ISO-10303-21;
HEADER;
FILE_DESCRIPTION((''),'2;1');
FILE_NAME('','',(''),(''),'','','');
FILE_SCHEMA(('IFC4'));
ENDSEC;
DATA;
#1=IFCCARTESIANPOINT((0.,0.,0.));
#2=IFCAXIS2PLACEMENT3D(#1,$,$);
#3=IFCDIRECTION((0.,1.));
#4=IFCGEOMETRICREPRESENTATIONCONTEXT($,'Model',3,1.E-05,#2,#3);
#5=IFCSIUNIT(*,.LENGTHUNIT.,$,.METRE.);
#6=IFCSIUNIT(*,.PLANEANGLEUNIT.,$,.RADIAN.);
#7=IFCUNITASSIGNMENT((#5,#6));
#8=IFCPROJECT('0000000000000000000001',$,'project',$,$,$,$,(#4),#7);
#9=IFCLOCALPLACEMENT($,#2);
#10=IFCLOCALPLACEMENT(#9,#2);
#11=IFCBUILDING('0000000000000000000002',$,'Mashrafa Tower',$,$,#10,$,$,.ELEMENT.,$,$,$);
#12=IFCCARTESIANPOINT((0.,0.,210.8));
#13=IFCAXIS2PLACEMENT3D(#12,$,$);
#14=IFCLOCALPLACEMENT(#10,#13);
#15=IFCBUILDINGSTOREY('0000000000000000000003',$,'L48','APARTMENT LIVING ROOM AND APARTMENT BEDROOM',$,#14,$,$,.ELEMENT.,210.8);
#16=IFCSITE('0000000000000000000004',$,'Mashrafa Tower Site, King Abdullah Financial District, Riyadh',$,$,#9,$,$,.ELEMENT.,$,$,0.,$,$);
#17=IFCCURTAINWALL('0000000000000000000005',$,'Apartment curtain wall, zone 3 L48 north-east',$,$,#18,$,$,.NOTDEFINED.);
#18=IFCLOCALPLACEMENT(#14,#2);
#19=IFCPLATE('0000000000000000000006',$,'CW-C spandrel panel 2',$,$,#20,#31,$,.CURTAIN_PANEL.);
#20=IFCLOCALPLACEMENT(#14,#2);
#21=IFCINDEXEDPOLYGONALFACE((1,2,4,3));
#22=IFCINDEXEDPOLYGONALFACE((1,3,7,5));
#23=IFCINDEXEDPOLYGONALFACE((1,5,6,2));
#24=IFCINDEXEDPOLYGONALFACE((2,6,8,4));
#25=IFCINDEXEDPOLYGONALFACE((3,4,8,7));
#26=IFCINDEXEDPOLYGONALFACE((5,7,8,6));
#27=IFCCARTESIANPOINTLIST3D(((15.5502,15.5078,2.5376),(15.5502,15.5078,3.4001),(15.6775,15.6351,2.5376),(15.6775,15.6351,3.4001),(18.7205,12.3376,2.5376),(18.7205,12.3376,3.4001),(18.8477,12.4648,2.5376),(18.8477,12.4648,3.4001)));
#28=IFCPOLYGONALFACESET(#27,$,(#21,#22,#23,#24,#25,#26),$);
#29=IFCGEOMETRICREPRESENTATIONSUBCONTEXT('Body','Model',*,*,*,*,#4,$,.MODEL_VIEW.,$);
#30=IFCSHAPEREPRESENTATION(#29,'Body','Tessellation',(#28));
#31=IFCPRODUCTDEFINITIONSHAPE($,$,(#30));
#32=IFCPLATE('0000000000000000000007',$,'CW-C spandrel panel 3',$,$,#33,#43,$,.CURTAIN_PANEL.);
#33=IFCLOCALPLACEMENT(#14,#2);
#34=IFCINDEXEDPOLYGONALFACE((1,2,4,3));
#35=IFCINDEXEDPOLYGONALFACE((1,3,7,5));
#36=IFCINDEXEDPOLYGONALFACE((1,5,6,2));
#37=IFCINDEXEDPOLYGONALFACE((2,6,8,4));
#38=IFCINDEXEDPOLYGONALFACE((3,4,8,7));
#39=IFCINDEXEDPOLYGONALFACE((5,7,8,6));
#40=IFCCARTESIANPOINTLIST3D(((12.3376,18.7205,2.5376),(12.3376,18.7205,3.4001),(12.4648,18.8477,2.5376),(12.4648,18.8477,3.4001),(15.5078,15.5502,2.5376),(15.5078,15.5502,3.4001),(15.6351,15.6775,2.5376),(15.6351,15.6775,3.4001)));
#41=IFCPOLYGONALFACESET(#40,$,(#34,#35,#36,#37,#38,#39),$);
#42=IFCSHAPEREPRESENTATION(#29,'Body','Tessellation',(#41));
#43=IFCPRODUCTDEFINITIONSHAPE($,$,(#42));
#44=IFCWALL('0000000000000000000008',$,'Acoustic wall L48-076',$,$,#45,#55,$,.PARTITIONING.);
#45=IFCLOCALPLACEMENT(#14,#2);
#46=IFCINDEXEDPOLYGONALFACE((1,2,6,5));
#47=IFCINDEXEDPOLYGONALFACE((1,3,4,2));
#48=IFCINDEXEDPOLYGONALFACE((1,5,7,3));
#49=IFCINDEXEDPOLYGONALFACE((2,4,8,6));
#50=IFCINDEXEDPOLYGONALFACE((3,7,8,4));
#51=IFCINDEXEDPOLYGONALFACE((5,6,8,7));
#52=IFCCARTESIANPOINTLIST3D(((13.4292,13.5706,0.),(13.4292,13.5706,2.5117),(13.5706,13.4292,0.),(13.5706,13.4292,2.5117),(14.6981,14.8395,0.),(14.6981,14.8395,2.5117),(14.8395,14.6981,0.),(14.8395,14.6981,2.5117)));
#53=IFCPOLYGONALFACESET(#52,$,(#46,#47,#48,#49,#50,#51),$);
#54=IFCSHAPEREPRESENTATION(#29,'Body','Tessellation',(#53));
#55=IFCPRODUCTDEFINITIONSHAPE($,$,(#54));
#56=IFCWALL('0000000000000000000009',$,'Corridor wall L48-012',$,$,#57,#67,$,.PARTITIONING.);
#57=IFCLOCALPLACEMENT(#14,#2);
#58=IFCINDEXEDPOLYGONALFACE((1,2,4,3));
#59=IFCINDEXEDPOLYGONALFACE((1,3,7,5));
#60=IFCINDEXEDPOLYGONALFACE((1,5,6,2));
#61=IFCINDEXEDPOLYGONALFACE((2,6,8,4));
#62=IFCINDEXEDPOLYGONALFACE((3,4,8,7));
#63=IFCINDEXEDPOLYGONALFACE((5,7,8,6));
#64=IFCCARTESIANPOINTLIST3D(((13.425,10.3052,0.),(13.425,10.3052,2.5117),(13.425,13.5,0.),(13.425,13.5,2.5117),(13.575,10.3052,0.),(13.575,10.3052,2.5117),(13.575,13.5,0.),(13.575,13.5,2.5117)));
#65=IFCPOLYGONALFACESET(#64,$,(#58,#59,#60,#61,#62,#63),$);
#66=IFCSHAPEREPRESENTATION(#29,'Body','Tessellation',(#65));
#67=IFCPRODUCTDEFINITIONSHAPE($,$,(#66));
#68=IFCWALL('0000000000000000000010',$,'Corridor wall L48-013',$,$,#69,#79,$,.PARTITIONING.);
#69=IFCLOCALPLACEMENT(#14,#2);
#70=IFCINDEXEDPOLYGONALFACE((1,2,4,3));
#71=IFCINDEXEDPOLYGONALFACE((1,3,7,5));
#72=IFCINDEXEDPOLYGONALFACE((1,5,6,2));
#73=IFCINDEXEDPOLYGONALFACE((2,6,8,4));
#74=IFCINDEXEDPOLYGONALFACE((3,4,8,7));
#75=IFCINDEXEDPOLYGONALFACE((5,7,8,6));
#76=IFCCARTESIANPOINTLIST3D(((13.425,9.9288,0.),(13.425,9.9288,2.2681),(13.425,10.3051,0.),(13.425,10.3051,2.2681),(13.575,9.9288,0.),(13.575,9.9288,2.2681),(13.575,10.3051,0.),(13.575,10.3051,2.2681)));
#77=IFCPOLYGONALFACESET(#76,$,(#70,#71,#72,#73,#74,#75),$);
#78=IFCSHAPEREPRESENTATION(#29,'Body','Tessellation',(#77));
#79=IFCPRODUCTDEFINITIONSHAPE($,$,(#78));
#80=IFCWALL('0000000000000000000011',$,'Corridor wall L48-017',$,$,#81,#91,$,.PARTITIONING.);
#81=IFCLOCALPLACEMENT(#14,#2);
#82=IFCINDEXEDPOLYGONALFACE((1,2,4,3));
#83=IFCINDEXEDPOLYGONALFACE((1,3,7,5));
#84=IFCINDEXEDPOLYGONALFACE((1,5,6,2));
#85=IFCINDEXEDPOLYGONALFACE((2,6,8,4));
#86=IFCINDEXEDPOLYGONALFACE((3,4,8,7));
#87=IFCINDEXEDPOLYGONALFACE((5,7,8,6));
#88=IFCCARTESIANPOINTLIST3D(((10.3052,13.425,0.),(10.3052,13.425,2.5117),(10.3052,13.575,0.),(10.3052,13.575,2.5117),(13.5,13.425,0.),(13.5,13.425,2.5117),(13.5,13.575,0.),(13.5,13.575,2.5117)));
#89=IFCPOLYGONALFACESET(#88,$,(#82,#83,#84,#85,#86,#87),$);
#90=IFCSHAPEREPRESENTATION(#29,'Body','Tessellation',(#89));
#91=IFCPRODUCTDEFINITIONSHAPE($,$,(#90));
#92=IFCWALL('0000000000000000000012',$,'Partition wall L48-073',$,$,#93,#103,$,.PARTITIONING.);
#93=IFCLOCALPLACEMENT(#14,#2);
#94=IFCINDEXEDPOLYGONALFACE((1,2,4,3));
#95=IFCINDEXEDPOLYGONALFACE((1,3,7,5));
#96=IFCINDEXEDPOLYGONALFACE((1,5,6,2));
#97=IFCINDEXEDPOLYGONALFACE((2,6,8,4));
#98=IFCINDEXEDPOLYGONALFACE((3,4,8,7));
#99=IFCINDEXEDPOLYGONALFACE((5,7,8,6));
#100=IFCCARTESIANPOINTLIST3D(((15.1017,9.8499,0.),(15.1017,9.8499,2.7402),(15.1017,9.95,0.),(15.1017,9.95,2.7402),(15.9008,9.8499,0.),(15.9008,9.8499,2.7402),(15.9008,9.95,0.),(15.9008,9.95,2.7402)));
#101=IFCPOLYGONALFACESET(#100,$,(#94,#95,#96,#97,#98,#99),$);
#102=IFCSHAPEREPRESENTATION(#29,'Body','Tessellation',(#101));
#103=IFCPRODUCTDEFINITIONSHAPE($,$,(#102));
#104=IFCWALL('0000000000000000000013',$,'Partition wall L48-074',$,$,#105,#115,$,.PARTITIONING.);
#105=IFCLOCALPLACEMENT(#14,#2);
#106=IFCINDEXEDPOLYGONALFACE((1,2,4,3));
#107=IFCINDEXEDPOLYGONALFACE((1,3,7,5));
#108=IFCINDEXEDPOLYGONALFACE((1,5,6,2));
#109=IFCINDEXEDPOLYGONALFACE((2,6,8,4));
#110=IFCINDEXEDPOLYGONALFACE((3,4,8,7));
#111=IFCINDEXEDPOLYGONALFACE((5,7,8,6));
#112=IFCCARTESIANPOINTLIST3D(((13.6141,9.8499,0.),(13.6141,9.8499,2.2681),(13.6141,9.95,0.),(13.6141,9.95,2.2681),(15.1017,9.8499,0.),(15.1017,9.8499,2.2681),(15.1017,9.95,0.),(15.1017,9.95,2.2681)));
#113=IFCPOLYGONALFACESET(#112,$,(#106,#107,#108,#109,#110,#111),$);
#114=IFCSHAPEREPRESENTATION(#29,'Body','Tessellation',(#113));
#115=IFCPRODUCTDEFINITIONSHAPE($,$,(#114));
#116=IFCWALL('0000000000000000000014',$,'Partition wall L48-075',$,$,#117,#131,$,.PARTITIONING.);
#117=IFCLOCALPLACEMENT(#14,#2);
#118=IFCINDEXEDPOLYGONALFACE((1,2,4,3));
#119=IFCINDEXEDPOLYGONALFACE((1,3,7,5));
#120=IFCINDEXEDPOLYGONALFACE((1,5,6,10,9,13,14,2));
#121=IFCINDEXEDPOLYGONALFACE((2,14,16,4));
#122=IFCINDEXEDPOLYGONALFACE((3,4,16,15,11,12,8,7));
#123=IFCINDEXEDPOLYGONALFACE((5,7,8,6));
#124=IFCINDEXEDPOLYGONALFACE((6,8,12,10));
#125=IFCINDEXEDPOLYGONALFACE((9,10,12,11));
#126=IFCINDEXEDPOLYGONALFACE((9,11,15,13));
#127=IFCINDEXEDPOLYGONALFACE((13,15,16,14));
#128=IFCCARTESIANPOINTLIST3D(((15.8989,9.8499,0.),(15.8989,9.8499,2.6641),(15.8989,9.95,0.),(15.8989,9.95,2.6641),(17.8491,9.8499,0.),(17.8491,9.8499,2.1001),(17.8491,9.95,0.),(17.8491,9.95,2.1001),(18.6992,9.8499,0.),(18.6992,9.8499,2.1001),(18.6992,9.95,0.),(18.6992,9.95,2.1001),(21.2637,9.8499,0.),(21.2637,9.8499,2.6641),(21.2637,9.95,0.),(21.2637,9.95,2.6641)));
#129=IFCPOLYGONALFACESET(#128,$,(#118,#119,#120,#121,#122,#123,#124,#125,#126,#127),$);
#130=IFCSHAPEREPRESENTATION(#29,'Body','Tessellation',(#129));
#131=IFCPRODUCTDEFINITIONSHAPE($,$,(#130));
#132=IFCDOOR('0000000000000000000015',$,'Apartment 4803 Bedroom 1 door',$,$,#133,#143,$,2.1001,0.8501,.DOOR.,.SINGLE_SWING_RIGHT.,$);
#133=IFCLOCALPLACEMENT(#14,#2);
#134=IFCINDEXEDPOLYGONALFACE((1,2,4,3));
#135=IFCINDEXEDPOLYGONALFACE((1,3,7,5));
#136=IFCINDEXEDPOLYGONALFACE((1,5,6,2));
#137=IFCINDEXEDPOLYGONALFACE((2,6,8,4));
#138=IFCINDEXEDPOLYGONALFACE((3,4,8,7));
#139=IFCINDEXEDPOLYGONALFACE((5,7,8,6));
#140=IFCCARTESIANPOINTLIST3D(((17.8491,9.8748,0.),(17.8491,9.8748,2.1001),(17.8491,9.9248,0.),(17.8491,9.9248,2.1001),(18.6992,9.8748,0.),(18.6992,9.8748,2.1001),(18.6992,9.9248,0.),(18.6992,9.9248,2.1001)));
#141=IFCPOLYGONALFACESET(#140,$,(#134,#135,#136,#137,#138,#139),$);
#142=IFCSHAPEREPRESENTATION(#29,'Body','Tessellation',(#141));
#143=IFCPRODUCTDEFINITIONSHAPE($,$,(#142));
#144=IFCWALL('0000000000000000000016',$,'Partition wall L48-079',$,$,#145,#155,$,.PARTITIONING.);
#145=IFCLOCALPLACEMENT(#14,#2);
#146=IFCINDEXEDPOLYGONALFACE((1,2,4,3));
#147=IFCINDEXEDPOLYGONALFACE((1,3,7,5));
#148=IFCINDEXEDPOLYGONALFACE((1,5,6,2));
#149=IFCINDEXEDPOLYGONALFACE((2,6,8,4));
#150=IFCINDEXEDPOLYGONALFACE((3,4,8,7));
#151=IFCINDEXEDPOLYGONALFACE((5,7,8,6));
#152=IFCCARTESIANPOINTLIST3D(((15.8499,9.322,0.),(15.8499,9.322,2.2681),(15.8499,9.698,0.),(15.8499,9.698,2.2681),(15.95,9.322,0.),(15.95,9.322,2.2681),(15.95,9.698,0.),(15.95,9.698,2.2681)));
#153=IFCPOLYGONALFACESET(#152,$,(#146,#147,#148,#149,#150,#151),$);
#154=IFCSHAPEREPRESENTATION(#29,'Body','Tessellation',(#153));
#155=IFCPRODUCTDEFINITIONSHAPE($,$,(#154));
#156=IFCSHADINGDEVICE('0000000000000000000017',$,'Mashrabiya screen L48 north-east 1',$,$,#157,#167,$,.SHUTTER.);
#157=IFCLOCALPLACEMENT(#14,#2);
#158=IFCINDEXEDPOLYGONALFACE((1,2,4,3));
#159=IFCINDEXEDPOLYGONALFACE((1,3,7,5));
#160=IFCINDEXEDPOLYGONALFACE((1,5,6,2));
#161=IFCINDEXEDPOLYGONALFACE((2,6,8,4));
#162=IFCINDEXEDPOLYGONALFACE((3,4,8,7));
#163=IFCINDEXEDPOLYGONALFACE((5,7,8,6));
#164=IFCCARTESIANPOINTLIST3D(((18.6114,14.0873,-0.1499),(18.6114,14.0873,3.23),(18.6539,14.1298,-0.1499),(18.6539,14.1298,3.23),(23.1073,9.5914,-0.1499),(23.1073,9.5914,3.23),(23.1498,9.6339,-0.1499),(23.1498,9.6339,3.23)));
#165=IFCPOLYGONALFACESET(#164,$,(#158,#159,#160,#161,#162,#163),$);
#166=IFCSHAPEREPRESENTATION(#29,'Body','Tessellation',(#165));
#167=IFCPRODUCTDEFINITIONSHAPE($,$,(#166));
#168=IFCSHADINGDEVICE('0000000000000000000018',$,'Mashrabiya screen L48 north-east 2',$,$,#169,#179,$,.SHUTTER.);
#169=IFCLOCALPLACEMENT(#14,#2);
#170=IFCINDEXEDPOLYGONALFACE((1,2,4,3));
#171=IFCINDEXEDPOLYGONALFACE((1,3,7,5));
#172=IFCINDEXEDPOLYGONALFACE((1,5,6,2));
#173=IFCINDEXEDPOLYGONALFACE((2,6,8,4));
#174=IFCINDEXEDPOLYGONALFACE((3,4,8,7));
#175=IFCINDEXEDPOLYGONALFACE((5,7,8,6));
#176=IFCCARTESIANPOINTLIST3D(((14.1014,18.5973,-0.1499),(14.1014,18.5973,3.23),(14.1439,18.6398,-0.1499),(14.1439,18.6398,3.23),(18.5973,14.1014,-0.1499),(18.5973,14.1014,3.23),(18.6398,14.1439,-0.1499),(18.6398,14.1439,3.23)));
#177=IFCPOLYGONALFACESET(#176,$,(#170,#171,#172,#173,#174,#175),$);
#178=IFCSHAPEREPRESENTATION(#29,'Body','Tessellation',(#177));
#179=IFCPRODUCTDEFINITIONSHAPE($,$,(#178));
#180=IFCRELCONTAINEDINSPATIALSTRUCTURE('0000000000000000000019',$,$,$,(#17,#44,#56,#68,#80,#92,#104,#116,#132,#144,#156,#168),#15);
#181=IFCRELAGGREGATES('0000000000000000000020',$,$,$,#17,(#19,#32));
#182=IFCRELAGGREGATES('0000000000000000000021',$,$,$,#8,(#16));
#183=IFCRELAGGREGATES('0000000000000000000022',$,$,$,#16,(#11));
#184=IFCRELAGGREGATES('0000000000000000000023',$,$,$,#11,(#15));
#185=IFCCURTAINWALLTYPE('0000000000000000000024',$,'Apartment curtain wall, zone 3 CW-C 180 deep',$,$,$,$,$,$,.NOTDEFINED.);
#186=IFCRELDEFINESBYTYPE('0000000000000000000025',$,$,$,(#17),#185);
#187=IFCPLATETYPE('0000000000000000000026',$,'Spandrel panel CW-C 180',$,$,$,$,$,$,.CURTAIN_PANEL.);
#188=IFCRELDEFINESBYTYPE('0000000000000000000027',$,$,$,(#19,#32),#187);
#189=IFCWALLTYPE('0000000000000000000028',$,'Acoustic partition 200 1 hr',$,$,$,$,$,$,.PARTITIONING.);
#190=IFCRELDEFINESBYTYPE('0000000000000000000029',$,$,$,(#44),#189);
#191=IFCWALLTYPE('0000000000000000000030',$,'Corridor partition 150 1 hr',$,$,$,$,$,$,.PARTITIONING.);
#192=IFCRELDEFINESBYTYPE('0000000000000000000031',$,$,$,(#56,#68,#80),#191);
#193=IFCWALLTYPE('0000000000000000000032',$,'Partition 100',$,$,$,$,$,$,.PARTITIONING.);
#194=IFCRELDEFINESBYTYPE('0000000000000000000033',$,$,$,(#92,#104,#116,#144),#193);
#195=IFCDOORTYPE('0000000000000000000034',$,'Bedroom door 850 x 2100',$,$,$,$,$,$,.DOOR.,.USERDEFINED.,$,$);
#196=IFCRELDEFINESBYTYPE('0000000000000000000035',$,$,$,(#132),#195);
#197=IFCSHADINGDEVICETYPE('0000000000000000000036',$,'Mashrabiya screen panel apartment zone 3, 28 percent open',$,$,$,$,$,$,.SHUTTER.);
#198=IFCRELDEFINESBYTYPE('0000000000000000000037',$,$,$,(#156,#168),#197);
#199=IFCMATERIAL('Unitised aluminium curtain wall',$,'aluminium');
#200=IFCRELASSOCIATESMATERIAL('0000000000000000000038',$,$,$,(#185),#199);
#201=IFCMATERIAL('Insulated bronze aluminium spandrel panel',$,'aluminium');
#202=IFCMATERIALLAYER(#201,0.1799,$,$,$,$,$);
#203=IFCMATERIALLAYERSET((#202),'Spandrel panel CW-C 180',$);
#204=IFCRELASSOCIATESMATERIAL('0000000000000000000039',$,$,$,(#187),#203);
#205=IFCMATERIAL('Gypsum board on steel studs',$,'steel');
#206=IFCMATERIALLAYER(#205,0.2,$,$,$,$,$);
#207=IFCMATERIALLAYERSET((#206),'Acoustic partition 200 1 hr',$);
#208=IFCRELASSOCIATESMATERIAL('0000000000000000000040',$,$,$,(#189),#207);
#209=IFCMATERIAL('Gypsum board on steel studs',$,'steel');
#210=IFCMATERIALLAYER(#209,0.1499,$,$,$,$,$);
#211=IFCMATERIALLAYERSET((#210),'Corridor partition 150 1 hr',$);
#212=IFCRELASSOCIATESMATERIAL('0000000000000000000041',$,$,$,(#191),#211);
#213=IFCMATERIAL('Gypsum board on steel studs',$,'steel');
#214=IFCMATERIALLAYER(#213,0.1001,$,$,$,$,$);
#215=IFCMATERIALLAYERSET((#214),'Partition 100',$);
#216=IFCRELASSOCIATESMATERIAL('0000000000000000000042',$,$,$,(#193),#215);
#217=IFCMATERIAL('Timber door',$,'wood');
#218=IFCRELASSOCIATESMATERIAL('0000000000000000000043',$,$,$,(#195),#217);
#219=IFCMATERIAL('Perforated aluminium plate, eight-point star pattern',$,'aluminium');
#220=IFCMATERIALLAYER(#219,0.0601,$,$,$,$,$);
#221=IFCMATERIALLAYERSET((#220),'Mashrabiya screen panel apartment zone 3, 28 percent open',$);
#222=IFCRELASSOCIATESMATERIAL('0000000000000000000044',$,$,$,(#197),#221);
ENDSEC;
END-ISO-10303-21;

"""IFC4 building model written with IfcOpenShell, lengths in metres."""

from ifc_helpers import new_model, si_unit, direction, frame, frame_2d, origin, origin_2d, place, context, subcontext, project, spatial, rectangle, extrude, source, transform, mapped, material, layer, layer_set, type_object, type_shapes, element, fill, aggregate, save


model = new_model("IFC4")

# Units and contexts
model_context = context("Model", 3, precision=1e-05, world=origin(), true_north=direction((0.0, 1.0)))
body_context = subcontext(model_context, "Body", "Model", "MODEL_VIEW")
ifc_project = project(units=[si_unit("LENGTHUNIT", "METRE"), si_unit("PLANEANGLEUNIT", "RADIAN")], contexts=[model_context])

# Site, building, storey
site_placement = place(None, origin())
site = spatial("IfcSite", under=ifc_project, at=site_placement, Name="Mashrafa Tower Site, King Abdullah Financial District, Riyadh", CompositionType="ELEMENT", RefElevation=0.0)
building_placement = place(site_placement, origin())
building = spatial("IfcBuilding", under=site, at=building_placement, Name="Mashrafa Tower", CompositionType="ELEMENT")
storey_placement = place(building_placement, frame((0.0, 0.0, 210.8)))
storey = spatial("IfcBuildingStorey", under=building, at=storey_placement, Name="L48", Description="APARTMENT LIVING ROOM AND APARTMENT BEDROOM", CompositionType="ELEMENT", Elevation=210.8)

# Curtain wall, plates
ifc_material_1 = material(Name="Unitised aluminium curtain wall", Category="aluminium")
curtain_wall_type = type_object("IfcCurtainWallType", Name="Apartment curtain wall, zone 3 CW-C 180 deep", PredefinedType="NOTDEFINED", material=ifc_material_1)
curtain_wall_placement = place(storey_placement, origin())
curtain_wall = element("IfcCurtainWall", 1, at=curtain_wall_placement, inside=storey, type_object=curtain_wall_type, Name="Apartment curtain wall, zone 3 L48 north-east", PredefinedType="NOTDEFINED")
ifc_material_2 = material(Name="Insulated bronze aluminium spandrel panel", Category="aluminium")
ifc_layer_1 = layer(ifc_material_2, 0.1799)
ifc_layer_set_1 = layer_set([ifc_layer_1], Name="Spandrel panel CW-C 180")
plate_type_1 = type_object("IfcPlateType", Name="Spandrel panel CW-C 180", PredefinedType="CURTAIN_PANEL", material=ifc_layer_set_1)
shared_shape_1 = source(origin(), body_context, "Body", "SweptSolid", [
    extrude(rectangle(XDim=4.4834, YDim=0.1799, at=origin_2d()), origin(), (0.0, 0.0, 1.0), 0.8625),
])
plate_1_placement = place(storey_placement, frame((17.199, 13.9863, 2.5376), z_axis=(0.0, 0.0, 1.0), x_axis=(-0.707107, 0.707107, 0.0)))
plate_1 = element("IfcPlate", 2, at=plate_1_placement, type_object=plate_type_1, Name="CW-C spandrel panel 2", PredefinedType="CURTAIN_PANEL", context=body_context, shape_type="MappedRepresentation", body=[
    mapped(shared_shape_1, transform((0.0, 0.0, 0.0))),
])
plate_2_placement = place(storey_placement, frame((13.9863, 17.199, 2.5376), z_axis=(0.0, 0.0, 1.0), x_axis=(-0.707107, 0.707107, 0.0)))
plate_2 = element("IfcPlate", 3, at=plate_2_placement, type_object=plate_type_1, Name="CW-C spandrel panel 3", PredefinedType="CURTAIN_PANEL", context=body_context, shape_type="MappedRepresentation", body=[
    mapped(shared_shape_1, transform((0.0, 0.0, 0.0))),
])
aggregate(curtain_wall, [plate_1, plate_2])

# Walls
ifc_material_3 = material(Name="Gypsum board on steel studs", Category="steel")
ifc_layer_2 = layer(ifc_material_3, 0.2)
ifc_layer_set_2 = layer_set([ifc_layer_2], Name="Acoustic partition 200 1 hr")
wall_type_1 = type_object("IfcWallType", Name="Acoustic partition 200 1 hr", PredefinedType="PARTITIONING", material=ifc_layer_set_2)
wall_1_placement = place(storey_placement, frame((14.7688, 14.7688, 0.0), z_axis=(0.0, 0.0, 1.0), x_axis=(-0.707107, -0.707107, 0.0)))
element("IfcWall", 4, at=wall_1_placement, inside=storey, type_object=wall_type_1, Name="Acoustic wall L48-076", PredefinedType="PARTITIONING", context=body_context, shape_type="SweptSolid", body=[
    extrude(rectangle(XDim=1.7944, YDim=0.2, at=frame_2d((0.8972, 0.0))), origin(), (0.0, 0.0, 1.0), 2.5117),
])
ifc_material_4 = material(Name="Gypsum board on steel studs", Category="steel")
ifc_layer_3 = layer(ifc_material_4, 0.1499)
ifc_layer_set_3 = layer_set([ifc_layer_3], Name="Corridor partition 150 1 hr")
wall_type_2 = type_object("IfcWallType", Name="Corridor partition 150 1 hr", PredefinedType="PARTITIONING", material=ifc_layer_set_3)
wall_2_placement = place(storey_placement, frame((13.5, 10.3052, 0.0), z_axis=(0.0, 0.0, 1.0), x_axis=(0.0, 1.0, 0.0)))
element("IfcWall", 5, at=wall_2_placement, inside=storey, type_object=wall_type_2, Name="Corridor wall L48-012", PredefinedType="PARTITIONING", context=body_context, shape_type="SweptSolid", body=[
    extrude(rectangle(XDim=3.1948, YDim=0.1499, at=frame_2d((1.5974, 0.0))), origin(), (0.0, 0.0, 1.0), 2.5117),
])
wall_3_placement = place(storey_placement, frame((13.5, 9.929, 0.0), z_axis=(0.0, 0.0, 1.0), x_axis=(0.0, 1.0, 0.0)))
element("IfcWall", 6, at=wall_3_placement, inside=storey, type_object=wall_type_2, Name="Corridor wall L48-013", PredefinedType="PARTITIONING", context=body_context, shape_type="SweptSolid", body=[
    extrude(rectangle(XDim=0.3762, YDim=0.1499, at=frame_2d((0.188, 0.0))), origin(), (0.0, 0.0, 1.0), 2.2681),
])
wall_4_placement = place(storey_placement, frame((13.5, 13.5, 0.0), z_axis=(0.0, 0.0, 1.0), x_axis=(-1.0, 0.0, 0.0)))
element("IfcWall", 7, at=wall_4_placement, inside=storey, type_object=wall_type_2, Name="Corridor wall L48-017", PredefinedType="PARTITIONING", context=body_context, shape_type="SweptSolid", body=[
    extrude(rectangle(XDim=3.1948, YDim=0.1499, at=frame_2d((1.5974, 0.0))), origin(), (0.0, 0.0, 1.0), 2.5117),
])
ifc_material_5 = material(Name="Gypsum board on steel studs", Category="steel")
ifc_layer_4 = layer(ifc_material_5, 0.1001)
ifc_layer_set_4 = layer_set([ifc_layer_4], Name="Partition 100")
wall_type_3 = type_object("IfcWallType", Name="Partition 100", PredefinedType="PARTITIONING", material=ifc_layer_set_4)
wall_5_placement = place(storey_placement, frame((15.1018, 9.8999, 0.0), z_axis=(0.0, 0.0, 1.0), x_axis=(1.0, 0.0, 0.0)))
element("IfcWall", 8, at=wall_5_placement, inside=storey, type_object=wall_type_3, Name="Partition wall L48-073", PredefinedType="PARTITIONING", context=body_context, shape_type="SweptSolid", body=[
    extrude(rectangle(XDim=0.7991, YDim=0.1001, at=frame_2d((0.3994, 0.0))), origin(), (0.0, 0.0, 1.0), 2.7402),
])
wall_6_placement = place(storey_placement, frame((13.6143, 9.8999, 0.0), z_axis=(0.0, 0.0, 1.0), x_axis=(1.0, 0.0, 0.0)))
element("IfcWall", 9, at=wall_6_placement, inside=storey, type_object=wall_type_3, Name="Partition wall L48-074", PredefinedType="PARTITIONING", context=body_context, shape_type="SweptSolid", body=[
    extrude(rectangle(XDim=1.4875, YDim=0.1001, at=frame_2d((0.7437, 0.0))), origin(), (0.0, 0.0, 1.0), 2.2681),
])

# Wall, opening, door
wall_7_placement = place(storey_placement, frame((15.8989, 9.8999, 0.0), z_axis=(0.0, 0.0, 1.0), x_axis=(1.0, 0.0, 0.0)))
wall_7 = element("IfcWall", 10, at=wall_7_placement, inside=storey, type_object=wall_type_3, Name="Partition wall L48-075", PredefinedType="PARTITIONING", context=body_context, shape_type="SweptSolid", body=[
    extrude(rectangle(XDim=5.3647, YDim=0.1001, at=frame_2d((2.6824, 0.0))), origin(), (0.0, 0.0, 1.0), 2.6641),
])
opening_placement = place(wall_7_placement, frame((1.9502, 0.0, 0.0)))
opening = element("IfcOpeningElement", 11, at=opening_placement, cuts=wall_7, PredefinedType="OPENING", context=body_context, shape_type="SweptSolid", body=[
    extrude(rectangle(XDim=0.8501, YDim=2.1001, at=frame_2d((0.425, 1.05))), frame((0.0, 0.0601, 0.0), z_axis=(0.0, -1.0, 0.0), x_axis=(1.0, 0.0, 0.0)), (0.0, 0.0, 1.0), 0.1201),
])
ifc_material_6 = material(Name="Timber door", Category="wood")
door_type = type_object("IfcDoorType", Name="Bedroom door 850 x 2100", OperationType="USERDEFINED", PredefinedType="DOOR", material=ifc_material_6)
door_placement = place(opening_placement, origin())
door = element("IfcDoor", 12, at=door_placement, inside=storey, type_object=door_type, Name="Apartment 4803 Bedroom 1 door", OperationType="SINGLE_SWING_RIGHT", OverallHeight=2.1001, OverallWidth=0.8501, PredefinedType="DOOR", context=body_context, shape_type="SweptSolid", body=[
    extrude(rectangle(XDim=0.8501, YDim=2.1001, at=frame_2d((0.425, 1.05))), frame((0.0, 0.0249, 0.0), z_axis=(0.0, -1.0, 0.0), x_axis=(1.0, 0.0, 0.0)), (0.0, 0.0, 1.0), 0.05),
])
fill(opening, door)

# Wall
wall_8_placement = place(storey_placement, frame((15.8999, 9.322, 0.0), z_axis=(0.0, 0.0, 1.0), x_axis=(0.0, 1.0, 0.0)))
element("IfcWall", 13, at=wall_8_placement, inside=storey, type_object=wall_type_3, Name="Partition wall L48-079", PredefinedType="PARTITIONING", context=body_context, shape_type="SweptSolid", body=[
    extrude(rectangle(XDim=0.376, YDim=0.1001, at=frame_2d((0.188, 0.0))), origin(), (0.0, 0.0, 1.0), 2.2681),
])

# Shading devices
ifc_material_7 = material(Name="Perforated aluminium plate, eight-point star pattern", Category="aluminium")
ifc_layer_5 = layer(ifc_material_7, 0.0601)
ifc_layer_set_5 = layer_set([ifc_layer_5], Name="Mashrabiya screen panel apartment zone 3, 28 percent open")
shading_device_type = type_object("IfcShadingDeviceType", Name="Mashrabiya screen panel apartment zone 3, 28 percent open", PredefinedType="SHUTTER", material=ifc_layer_set_5)
shared_shape_2 = source(origin(), body_context, "Body", "SweptSolid", [
    extrude(rectangle(XDim=6.3582, YDim=0.0601, at=origin_2d()), origin(), (0.0, 0.0, 1.0), 3.3799),
])
type_shapes(shading_device_type, [shared_shape_2])
for number, where, z_axis, x_axis, name in (
    (14, (20.8806, 11.8606, -0.1499), (0.0, 0.0, 1.0), (-0.707107, 0.707107, 0.0), "Mashrabiya screen L48 north-east 1"),
    (15, (16.3706, 16.3706, -0.1499), (0.0, 0.0, 1.0), (-0.707107, 0.707107, 0.0), "Mashrabiya screen L48 north-east 2"),
):
    element("IfcShadingDevice", number, at=place(storey_placement, frame(where, z_axis=z_axis, x_axis=x_axis)), inside=storey, type_object=shading_device_type, Name=name, PredefinedType="SHUTTER", context=body_context, shape_type="MappedRepresentation", body=[
        mapped(shared_shape_2, transform((0.0, 0.0, 0.0))),
    ])

save(model, "model.ifc")
